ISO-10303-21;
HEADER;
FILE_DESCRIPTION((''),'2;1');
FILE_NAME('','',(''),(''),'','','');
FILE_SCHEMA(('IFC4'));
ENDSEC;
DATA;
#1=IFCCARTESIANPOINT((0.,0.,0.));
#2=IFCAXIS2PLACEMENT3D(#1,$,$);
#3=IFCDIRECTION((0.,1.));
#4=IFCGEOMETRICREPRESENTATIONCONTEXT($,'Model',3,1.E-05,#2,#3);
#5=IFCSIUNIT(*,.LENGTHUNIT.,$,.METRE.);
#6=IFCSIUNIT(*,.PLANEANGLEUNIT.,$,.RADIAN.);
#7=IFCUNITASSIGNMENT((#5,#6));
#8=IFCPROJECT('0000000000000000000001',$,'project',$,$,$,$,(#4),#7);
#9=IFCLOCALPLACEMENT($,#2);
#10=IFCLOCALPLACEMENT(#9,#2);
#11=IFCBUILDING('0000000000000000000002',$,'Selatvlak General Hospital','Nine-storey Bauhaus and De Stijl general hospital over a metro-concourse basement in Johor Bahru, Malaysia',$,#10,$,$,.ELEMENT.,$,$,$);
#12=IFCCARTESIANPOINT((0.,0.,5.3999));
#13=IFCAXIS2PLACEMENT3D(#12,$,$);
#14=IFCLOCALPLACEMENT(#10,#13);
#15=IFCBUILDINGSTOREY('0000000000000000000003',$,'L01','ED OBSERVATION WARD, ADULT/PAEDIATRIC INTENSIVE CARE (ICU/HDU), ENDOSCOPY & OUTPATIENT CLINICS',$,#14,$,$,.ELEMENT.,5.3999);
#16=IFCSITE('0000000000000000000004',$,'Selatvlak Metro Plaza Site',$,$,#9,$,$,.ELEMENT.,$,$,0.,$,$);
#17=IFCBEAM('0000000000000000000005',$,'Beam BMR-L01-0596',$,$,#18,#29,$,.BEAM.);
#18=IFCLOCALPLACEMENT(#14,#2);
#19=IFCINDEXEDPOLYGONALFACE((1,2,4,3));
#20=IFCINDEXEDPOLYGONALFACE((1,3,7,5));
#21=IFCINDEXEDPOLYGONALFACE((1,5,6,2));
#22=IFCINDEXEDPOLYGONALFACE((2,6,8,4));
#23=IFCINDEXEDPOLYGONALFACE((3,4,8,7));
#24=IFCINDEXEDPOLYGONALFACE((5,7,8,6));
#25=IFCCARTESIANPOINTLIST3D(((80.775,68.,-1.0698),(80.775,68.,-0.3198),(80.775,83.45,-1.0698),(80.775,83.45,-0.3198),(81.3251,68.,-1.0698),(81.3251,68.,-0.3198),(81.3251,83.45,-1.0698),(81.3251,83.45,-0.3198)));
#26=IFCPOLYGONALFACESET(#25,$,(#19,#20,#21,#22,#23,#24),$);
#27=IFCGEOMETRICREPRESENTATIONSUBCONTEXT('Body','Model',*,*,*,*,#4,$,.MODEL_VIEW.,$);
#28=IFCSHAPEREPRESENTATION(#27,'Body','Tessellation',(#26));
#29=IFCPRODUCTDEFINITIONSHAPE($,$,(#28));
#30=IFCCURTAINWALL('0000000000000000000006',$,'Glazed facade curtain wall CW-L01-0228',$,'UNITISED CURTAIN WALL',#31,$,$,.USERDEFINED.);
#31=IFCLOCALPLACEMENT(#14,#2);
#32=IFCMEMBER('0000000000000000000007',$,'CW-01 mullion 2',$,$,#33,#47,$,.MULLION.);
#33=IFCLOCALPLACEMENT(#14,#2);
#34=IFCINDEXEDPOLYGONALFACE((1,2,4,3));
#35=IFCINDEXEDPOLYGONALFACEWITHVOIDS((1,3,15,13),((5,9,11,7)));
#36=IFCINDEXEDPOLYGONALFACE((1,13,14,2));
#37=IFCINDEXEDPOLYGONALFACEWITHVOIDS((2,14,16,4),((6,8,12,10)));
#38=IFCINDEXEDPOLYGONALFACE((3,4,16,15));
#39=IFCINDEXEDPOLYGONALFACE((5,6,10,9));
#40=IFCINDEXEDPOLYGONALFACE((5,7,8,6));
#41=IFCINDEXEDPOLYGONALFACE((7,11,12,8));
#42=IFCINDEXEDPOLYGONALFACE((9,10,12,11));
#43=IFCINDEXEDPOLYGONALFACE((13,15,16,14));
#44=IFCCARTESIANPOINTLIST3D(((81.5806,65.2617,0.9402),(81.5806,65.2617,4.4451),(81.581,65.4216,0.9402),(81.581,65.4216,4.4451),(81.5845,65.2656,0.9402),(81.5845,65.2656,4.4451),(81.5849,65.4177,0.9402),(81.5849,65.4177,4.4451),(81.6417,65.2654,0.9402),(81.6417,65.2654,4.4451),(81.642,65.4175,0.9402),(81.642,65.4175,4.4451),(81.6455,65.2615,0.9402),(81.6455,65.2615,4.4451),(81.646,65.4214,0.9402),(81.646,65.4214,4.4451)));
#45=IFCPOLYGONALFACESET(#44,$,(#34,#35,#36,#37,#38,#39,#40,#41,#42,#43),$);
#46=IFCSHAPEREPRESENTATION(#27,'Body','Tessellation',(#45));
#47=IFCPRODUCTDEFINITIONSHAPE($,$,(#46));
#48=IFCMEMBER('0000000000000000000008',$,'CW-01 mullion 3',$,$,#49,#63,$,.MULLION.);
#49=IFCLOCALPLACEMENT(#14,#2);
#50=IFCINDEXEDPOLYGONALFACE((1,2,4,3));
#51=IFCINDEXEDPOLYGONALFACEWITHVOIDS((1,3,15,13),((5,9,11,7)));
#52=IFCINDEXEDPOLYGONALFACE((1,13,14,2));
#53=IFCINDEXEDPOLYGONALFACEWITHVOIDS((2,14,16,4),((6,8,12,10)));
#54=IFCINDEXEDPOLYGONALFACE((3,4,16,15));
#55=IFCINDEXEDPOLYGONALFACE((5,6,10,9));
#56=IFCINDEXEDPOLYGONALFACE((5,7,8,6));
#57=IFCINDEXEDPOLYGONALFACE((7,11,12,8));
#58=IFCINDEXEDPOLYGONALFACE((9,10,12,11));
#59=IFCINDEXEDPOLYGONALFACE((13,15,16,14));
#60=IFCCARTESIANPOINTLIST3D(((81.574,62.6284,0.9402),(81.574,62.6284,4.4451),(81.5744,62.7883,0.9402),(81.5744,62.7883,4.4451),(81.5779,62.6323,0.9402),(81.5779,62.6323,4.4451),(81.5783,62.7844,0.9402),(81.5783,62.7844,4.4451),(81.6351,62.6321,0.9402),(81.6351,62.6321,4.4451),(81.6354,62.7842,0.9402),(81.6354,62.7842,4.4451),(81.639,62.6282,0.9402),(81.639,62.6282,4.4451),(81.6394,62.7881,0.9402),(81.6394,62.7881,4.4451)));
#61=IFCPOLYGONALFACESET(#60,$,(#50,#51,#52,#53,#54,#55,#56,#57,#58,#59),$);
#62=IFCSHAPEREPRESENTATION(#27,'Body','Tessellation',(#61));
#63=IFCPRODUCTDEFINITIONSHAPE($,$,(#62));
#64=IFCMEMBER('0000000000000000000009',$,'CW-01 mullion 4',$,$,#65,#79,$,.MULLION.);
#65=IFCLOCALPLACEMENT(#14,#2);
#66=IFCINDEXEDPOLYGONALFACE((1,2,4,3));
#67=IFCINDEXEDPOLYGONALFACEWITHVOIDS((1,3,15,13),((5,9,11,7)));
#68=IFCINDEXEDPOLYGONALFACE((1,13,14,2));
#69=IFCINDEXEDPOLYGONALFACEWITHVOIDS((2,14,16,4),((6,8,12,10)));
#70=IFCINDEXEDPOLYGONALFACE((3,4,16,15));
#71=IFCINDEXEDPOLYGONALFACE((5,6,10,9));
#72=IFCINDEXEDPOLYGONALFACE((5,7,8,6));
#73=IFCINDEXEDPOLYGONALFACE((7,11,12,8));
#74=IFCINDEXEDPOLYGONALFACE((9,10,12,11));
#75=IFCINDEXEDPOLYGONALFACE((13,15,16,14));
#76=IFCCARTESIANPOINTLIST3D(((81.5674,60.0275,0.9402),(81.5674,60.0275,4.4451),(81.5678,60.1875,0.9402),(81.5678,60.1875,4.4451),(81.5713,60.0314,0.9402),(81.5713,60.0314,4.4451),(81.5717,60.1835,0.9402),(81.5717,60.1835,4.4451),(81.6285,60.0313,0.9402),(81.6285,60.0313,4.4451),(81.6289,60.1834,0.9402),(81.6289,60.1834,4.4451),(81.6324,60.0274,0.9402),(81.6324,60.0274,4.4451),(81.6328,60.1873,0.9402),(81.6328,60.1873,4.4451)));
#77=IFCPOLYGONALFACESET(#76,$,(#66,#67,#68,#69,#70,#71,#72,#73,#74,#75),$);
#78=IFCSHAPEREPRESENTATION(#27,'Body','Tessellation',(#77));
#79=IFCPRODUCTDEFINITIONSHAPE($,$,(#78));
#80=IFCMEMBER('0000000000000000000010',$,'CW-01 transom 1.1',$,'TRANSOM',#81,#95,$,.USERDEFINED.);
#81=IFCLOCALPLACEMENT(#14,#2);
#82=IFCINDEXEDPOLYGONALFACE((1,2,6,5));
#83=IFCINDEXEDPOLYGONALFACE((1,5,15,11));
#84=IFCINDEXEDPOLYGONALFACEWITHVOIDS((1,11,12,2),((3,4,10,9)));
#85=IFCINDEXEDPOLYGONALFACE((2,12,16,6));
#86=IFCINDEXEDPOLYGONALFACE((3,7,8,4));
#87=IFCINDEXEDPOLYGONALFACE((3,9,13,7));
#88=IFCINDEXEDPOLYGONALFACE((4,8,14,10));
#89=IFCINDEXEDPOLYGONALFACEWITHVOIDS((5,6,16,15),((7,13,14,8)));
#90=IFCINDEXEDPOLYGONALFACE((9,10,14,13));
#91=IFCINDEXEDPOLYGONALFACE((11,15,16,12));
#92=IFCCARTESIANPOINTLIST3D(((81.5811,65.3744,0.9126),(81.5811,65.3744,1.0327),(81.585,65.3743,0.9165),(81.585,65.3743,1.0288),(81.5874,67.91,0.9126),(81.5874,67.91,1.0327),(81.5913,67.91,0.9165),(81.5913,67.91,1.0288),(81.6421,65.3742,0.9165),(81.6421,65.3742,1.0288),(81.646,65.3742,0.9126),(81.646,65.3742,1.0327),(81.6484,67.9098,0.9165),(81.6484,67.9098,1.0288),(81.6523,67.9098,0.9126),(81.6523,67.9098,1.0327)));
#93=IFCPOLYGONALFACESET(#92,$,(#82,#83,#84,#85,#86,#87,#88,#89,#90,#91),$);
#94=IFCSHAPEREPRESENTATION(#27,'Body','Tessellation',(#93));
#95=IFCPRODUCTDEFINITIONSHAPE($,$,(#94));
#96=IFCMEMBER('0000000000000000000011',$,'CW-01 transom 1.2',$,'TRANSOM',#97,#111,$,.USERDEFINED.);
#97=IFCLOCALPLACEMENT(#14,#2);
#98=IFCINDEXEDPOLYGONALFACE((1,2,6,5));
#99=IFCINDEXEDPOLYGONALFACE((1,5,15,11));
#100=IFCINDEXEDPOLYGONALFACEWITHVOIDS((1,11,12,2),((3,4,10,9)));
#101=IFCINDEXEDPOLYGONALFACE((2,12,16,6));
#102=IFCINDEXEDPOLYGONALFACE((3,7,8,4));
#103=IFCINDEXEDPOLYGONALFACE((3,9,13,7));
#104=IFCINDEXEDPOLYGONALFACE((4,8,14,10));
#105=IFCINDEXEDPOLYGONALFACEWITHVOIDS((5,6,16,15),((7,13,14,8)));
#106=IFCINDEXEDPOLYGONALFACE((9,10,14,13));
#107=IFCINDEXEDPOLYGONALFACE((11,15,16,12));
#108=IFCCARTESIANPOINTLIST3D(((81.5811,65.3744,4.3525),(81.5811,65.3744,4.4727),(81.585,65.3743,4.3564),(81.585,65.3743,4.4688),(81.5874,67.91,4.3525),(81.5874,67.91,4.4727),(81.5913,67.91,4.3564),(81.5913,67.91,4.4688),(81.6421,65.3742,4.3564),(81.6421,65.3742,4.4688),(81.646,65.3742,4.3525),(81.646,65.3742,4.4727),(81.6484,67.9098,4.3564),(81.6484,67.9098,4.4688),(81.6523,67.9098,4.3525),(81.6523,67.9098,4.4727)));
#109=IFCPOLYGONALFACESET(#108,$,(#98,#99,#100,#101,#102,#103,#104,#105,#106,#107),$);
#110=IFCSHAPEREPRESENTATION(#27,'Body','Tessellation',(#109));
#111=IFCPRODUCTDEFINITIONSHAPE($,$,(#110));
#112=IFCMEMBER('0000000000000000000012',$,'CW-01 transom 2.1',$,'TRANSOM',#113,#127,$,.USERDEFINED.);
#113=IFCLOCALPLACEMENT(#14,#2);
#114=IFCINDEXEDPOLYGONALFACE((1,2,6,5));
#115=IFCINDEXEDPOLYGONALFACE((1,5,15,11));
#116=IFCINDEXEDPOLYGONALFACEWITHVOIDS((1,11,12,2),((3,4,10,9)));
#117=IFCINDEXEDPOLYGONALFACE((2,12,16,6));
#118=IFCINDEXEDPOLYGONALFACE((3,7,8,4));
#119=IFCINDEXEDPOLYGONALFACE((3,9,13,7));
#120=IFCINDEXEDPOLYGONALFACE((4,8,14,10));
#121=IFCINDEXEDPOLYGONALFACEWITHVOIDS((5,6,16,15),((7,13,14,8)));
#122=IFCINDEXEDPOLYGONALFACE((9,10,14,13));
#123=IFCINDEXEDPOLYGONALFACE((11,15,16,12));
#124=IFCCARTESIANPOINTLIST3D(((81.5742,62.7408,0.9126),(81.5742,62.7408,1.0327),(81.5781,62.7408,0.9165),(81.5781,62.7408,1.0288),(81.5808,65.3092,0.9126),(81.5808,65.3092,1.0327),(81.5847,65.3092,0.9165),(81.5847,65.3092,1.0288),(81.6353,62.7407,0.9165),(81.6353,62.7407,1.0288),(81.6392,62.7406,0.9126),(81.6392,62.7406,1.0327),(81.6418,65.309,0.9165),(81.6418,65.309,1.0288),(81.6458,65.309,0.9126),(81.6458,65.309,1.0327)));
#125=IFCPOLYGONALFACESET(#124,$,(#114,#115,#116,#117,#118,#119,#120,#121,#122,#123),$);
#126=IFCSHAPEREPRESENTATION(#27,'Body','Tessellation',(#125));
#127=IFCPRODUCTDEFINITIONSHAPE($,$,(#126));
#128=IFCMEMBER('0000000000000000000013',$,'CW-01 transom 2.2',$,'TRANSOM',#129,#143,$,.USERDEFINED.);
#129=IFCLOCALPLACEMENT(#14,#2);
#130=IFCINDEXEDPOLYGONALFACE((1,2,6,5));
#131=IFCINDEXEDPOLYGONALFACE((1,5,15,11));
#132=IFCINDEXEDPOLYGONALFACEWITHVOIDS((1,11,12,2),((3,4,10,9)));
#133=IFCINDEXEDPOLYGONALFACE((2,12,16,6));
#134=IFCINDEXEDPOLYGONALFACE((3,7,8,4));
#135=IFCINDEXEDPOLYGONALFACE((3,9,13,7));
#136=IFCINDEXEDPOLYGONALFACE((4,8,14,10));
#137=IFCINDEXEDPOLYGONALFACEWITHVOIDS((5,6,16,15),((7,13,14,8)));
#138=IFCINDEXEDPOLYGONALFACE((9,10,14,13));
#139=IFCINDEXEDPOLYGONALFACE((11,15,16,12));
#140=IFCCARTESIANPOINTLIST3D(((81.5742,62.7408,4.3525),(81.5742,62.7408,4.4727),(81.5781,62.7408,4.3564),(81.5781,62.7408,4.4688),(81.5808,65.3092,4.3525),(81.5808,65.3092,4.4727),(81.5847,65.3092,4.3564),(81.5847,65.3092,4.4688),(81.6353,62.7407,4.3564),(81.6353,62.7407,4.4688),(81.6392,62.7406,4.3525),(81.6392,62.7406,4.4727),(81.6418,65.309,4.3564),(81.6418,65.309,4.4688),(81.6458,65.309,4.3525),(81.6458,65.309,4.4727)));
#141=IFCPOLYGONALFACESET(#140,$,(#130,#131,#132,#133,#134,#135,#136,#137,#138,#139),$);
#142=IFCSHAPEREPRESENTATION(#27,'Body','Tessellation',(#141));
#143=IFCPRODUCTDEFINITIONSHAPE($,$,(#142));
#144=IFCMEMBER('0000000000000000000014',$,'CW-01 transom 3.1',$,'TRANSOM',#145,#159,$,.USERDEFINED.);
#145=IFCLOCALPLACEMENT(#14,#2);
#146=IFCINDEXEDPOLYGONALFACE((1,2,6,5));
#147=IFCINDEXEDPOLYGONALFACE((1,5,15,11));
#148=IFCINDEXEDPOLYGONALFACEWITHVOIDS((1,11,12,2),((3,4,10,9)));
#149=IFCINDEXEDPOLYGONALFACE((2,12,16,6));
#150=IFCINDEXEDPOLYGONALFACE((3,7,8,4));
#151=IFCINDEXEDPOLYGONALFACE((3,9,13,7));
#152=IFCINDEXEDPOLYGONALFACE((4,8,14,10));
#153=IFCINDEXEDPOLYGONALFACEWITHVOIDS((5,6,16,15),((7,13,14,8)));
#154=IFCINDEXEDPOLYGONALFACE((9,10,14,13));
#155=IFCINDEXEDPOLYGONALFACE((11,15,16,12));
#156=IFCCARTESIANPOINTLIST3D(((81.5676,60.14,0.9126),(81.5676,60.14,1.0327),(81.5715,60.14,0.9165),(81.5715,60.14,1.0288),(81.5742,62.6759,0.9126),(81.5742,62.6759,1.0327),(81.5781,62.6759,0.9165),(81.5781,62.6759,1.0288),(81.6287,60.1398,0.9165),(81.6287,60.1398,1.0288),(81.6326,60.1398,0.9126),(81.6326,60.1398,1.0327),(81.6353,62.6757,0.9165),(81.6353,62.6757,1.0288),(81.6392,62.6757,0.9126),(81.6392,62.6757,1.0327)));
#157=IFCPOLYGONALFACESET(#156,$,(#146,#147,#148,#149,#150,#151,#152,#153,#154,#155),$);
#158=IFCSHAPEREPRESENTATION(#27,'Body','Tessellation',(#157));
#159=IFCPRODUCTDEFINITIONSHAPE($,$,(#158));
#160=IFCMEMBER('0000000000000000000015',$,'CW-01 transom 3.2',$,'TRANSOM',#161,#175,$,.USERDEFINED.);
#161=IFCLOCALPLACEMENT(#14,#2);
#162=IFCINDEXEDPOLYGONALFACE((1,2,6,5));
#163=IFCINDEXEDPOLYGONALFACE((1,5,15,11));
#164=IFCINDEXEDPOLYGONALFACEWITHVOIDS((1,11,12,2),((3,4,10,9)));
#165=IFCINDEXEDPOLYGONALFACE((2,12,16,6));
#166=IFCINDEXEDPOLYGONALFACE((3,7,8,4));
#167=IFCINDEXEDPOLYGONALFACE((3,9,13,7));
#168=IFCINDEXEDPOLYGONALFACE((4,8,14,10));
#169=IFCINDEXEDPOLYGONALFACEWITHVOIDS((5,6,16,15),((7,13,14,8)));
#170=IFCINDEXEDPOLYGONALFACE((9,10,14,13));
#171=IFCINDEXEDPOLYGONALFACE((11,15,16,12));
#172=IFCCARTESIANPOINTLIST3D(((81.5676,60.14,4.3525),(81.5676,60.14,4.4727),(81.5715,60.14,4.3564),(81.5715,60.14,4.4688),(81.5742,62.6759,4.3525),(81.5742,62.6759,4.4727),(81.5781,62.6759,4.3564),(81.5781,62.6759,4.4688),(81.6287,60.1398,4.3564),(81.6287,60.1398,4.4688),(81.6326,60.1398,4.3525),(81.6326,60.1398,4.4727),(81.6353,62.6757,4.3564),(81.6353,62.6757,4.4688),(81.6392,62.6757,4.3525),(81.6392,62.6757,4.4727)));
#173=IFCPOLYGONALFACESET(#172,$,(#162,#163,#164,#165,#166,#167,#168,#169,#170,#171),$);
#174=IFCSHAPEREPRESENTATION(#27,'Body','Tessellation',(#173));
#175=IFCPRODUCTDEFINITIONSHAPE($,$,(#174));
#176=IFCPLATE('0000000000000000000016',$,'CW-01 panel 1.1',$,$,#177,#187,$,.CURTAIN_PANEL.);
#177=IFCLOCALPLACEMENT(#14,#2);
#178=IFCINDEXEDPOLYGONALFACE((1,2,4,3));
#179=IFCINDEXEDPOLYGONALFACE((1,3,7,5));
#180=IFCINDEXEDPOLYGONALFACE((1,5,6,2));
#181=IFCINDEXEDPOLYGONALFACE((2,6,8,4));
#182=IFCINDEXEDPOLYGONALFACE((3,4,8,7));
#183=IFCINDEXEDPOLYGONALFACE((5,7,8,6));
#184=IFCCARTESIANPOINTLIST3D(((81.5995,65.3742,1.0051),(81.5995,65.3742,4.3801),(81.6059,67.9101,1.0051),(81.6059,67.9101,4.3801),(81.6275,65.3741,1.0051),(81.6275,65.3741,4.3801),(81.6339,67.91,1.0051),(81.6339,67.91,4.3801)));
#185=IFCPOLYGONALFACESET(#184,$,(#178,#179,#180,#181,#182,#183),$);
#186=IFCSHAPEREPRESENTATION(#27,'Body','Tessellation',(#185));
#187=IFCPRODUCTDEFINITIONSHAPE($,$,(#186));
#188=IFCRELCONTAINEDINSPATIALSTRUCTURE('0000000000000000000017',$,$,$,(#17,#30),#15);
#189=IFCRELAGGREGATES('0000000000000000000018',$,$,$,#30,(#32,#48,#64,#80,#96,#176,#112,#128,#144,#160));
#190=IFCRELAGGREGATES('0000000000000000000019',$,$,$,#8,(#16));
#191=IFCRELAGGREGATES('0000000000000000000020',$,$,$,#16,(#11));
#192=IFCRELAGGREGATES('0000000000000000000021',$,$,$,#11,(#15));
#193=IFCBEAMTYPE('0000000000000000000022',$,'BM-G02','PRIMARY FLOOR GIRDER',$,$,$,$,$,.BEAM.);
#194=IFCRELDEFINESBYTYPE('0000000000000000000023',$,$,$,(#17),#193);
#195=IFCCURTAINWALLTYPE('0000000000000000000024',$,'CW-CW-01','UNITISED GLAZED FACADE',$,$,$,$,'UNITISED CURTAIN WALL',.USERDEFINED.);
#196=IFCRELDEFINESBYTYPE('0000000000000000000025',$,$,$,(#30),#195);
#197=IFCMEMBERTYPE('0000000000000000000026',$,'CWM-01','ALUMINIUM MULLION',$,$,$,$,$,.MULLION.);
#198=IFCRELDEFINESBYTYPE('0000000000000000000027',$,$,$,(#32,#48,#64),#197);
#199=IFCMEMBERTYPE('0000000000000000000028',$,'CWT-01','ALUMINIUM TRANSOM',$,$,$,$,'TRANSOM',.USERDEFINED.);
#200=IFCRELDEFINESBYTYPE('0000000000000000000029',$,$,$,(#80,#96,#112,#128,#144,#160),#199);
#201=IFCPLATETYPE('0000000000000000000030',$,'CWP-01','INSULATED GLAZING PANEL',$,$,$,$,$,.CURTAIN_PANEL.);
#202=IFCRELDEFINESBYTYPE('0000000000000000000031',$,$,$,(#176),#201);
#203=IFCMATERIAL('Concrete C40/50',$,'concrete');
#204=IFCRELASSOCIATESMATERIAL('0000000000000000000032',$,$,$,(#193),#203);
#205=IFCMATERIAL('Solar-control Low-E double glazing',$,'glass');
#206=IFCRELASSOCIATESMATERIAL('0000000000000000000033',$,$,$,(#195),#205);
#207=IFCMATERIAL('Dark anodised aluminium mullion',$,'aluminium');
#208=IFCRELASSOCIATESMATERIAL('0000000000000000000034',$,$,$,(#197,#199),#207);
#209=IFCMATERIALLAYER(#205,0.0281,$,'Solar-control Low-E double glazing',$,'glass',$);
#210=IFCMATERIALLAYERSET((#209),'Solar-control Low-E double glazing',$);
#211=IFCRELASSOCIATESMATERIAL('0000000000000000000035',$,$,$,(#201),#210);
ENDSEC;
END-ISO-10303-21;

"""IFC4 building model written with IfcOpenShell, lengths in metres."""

from ifc_helpers import new_model, si_unit, direction, frame, origin, origin_2d, place, context, subcontext, project, spatial, rectangle, hollow_rectangle, extrude, material, layer, layer_set, material_profile, profile_set, type_object, element, aggregate, save


model = new_model("IFC4")

# Units and contexts
model_context = context("Model", 3, precision=1e-05, world=origin(), true_north=direction((0.0, 1.0)))
body_context = subcontext(model_context, "Body", "Model", "MODEL_VIEW")
ifc_project = project(units=[si_unit("LENGTHUNIT", "METRE"), si_unit("PLANEANGLEUNIT", "RADIAN")], contexts=[model_context])

# Site, building, storey
site_placement = place(None, origin())
site = spatial("IfcSite", under=ifc_project, at=site_placement, Name="Selatvlak Metro Plaza Site", CompositionType="ELEMENT", RefElevation=0.0)
building_placement = place(site_placement, origin())
building = spatial("IfcBuilding", under=site, at=building_placement, Name="Selatvlak General Hospital", Description="Nine-storey Bauhaus and De Stijl general hospital over a metro-concourse basement in Johor Bahru, Malaysia", CompositionType="ELEMENT")
storey_placement = place(building_placement, frame((0.0, 0.0, 5.3999)))
storey = spatial("IfcBuildingStorey", under=building, at=storey_placement, Name="L01", Description="ED OBSERVATION WARD, ADULT/PAEDIATRIC INTENSIVE CARE (ICU/HDU), ENDOSCOPY & OUTPATIENT CLINICS", CompositionType="ELEMENT", Elevation=5.3999)

# Beam
ifc_material_1 = material(Name="Concrete C40/50", Category="concrete")
ifc_material_profile_1 = material_profile(ifc_material_1, rectangle(XDim=0.55, YDim=0.75, at=origin_2d()), Name="RC-BM 550x750")
ifc_profile_set_1 = profile_set([ifc_material_profile_1], Name="Concrete C40/50")
beam_type_1 = type_object("IfcBeamType", Name="BM-G02", Description="PRIMARY FLOOR GIRDER", PredefinedType="BEAM", material=ifc_profile_set_1)
beam_1_placement = place(storey_placement, frame((81.05, 68.0, -0.6948), z_axis=(0.0, 1.0, 0.0), x_axis=(-1.0, 0.0, 0.0)))
element("IfcBeam", 1, at=beam_1_placement, inside=storey, type_object=beam_type_1, Name="Beam BMR-L01-0596", PredefinedType="BEAM", context=body_context, shape_type="SweptSolid", body=[
    extrude(rectangle(XDim=0.55, YDim=0.75, at=origin_2d()), origin(), (0.0, 0.0, 1.0), 15.45),
])

# Curtain wall, members, plate
ifc_material_2 = material(Name="Solar-control Low-E double glazing", Category="glass")
curtain_wall_type = type_object("IfcCurtainWallType", Name="CW-CW-01", Description="UNITISED GLAZED FACADE", ElementType="UNITISED CURTAIN WALL", PredefinedType="USERDEFINED", material=ifc_material_2)
curtain_wall_placement = place(storey_placement, origin())
curtain_wall = element("IfcCurtainWall", 2, at=curtain_wall_placement, inside=storey, type_object=curtain_wall_type, Name="Glazed facade curtain wall CW-L01-0228", ObjectType="UNITISED CURTAIN WALL", PredefinedType="USERDEFINED")
ifc_material_3 = material(Name="Dark anodised aluminium mullion", Category="aluminium")
ifc_material_profile_2 = material_profile(ifc_material_3, hollow_rectangle(XDim=0.0649, YDim=0.1599, WallThickness=0.0039, at=origin_2d()), Name="AL-MUL 65x160x4")
ifc_profile_set_2 = profile_set([ifc_material_profile_2], Name="Dark anodised aluminium mullion")
member_type_1 = type_object("IfcMemberType", Name="CWM-01", Description="ALUMINIUM MULLION", PredefinedType="MULLION", material=ifc_profile_set_2)
member_1_placement = place(storey_placement, frame((81.6133, 65.3416, 0.9402), z_axis=(0.0, 0.0, 1.0), x_axis=(0.999997, -0.002532, 0.0)))
member_1 = element("IfcMember", 3, at=member_1_placement, type_object=member_type_1, Name="CW-01 mullion 2", PredefinedType="MULLION", context=body_context, shape_type="SweptSolid", body=[
    extrude(hollow_rectangle(XDim=0.0649, YDim=0.1599, WallThickness=0.0039, at=origin_2d()), origin(), (0.0, 0.0, 1.0), 3.5049),
])
member_2_placement = place(storey_placement, frame((81.6067, 62.7083, 0.9402), z_axis=(0.0, 0.0, 1.0), x_axis=(0.999997, -0.002532, 0.0)))
member_2 = element("IfcMember", 4, at=member_2_placement, type_object=member_type_1, Name="CW-01 mullion 3", PredefinedType="MULLION", context=body_context, shape_type="SweptSolid", body=[
    extrude(hollow_rectangle(XDim=0.0649, YDim=0.1599, WallThickness=0.0039, at=origin_2d()), origin(), (0.0, 0.0, 1.0), 3.5049),
])
member_3_placement = place(storey_placement, frame((81.6001, 60.1074, 0.9402), z_axis=(0.0, 0.0, 1.0), x_axis=(0.999997, -0.002532, 0.0)))
member_3 = element("IfcMember", 5, at=member_3_placement, type_object=member_type_1, Name="CW-01 mullion 4", PredefinedType="MULLION", context=body_context, shape_type="SweptSolid", body=[
    extrude(hollow_rectangle(XDim=0.0649, YDim=0.1599, WallThickness=0.0039, at=origin_2d()), origin(), (0.0, 0.0, 1.0), 3.5049),
])
ifc_material_profile_3 = material_profile(ifc_material_3, hollow_rectangle(XDim=0.0649, YDim=0.1201, WallThickness=0.0039, at=origin_2d()), Name="AL-TRN 65x120x4")
ifc_profile_set_3 = profile_set([ifc_material_profile_3], Name="Dark anodised aluminium mullion")
member_type_2 = type_object("IfcMemberType", Name="CWT-01", Description="ALUMINIUM TRANSOM", ElementType="TRANSOM", PredefinedType="USERDEFINED", material=ifc_profile_set_3)
member_4_placement = place(storey_placement, frame((81.6199, 67.9099, 0.9727), z_axis=(-0.002503, -0.999997, 0.0), x_axis=(0.999997, -0.002503, 0.0)))
member_4 = element("IfcMember", 6, at=member_4_placement, type_object=member_type_2, Name="CW-01 transom 1.1", ObjectType="TRANSOM", PredefinedType="USERDEFINED", context=body_context, shape_type="SweptSolid", body=[
    extrude(hollow_rectangle(XDim=0.0649, YDim=0.1201, WallThickness=0.0039, at=origin_2d()), origin(), (0.0, 0.0, 1.0), 2.5356),
])
member_5_placement = place(storey_placement, frame((81.6199, 67.9099, 4.4126), z_axis=(-0.002503, -0.999997, 0.0), x_axis=(0.999997, -0.002503, 0.0)))
member_5 = element("IfcMember", 7, at=member_5_placement, type_object=member_type_2, Name="CW-01 transom 1.2", ObjectType="TRANSOM", PredefinedType="USERDEFINED", context=body_context, shape_type="SweptSolid", body=[
    extrude(hollow_rectangle(XDim=0.0649, YDim=0.1201, WallThickness=0.0039, at=origin_2d()), origin(), (0.0, 0.0, 1.0), 2.5356),
])
member_6_placement = place(storey_placement, frame((81.6133, 65.3091, 0.9727), z_axis=(-0.002567, -0.999997, 0.0), x_axis=(0.999997, -0.002567, 0.0)))
member_6 = element("IfcMember", 8, at=member_6_placement, type_object=member_type_2, Name="CW-01 transom 2.1", ObjectType="TRANSOM", PredefinedType="USERDEFINED", context=body_context, shape_type="SweptSolid", body=[
    extrude(hollow_rectangle(XDim=0.0649, YDim=0.1201, WallThickness=0.0039, at=origin_2d()), origin(), (0.0, 0.0, 1.0), 2.5684),
])
member_7_placement = place(storey_placement, frame((81.6133, 65.3091, 4.4126), z_axis=(-0.002567, -0.999997, 0.0), x_axis=(0.999997, -0.002567, 0.0)))
member_7 = element("IfcMember", 9, at=member_7_placement, type_object=member_type_2, Name="CW-01 transom 2.2", ObjectType="TRANSOM", PredefinedType="USERDEFINED", context=body_context, shape_type="SweptSolid", body=[
    extrude(hollow_rectangle(XDim=0.0649, YDim=0.1201, WallThickness=0.0039, at=origin_2d()), origin(), (0.0, 0.0, 1.0), 2.5684),
])
member_8_placement = place(storey_placement, frame((81.6067, 62.6758, 0.9727), z_axis=(-0.002599, -0.999997, 0.0), x_axis=(0.999997, -0.002599, 0.0)))
member_8 = element("IfcMember", 10, at=member_8_placement, type_object=member_type_2, Name="CW-01 transom 3.1", ObjectType="TRANSOM", PredefinedType="USERDEFINED", context=body_context, shape_type="SweptSolid", body=[
    extrude(hollow_rectangle(XDim=0.0649, YDim=0.1201, WallThickness=0.0039, at=origin_2d()), origin(), (0.0, 0.0, 1.0), 2.5359),
])
member_9_placement = place(storey_placement, frame((81.6067, 62.6758, 4.4126), z_axis=(-0.002599, -0.999997, 0.0), x_axis=(0.999997, -0.002599, 0.0)))
member_9 = element("IfcMember", 11, at=member_9_placement, type_object=member_type_2, Name="CW-01 transom 3.2", ObjectType="TRANSOM", PredefinedType="USERDEFINED", context=body_context, shape_type="SweptSolid", body=[
    extrude(hollow_rectangle(XDim=0.0649, YDim=0.1201, WallThickness=0.0039, at=origin_2d()), origin(), (0.0, 0.0, 1.0), 2.5359),
])
ifc_layer_1 = layer(ifc_material_2, 0.0281, Name="Solar-control Low-E double glazing", Category="glass")
ifc_layer_set_1 = layer_set([ifc_layer_1], Name="Solar-control Low-E double glazing")
plate_type = type_object("IfcPlateType", Name="CWP-01", Description="INSULATED GLAZING PANEL", PredefinedType="CURTAIN_PANEL", material=ifc_layer_set_1)
plate_1_placement = place(storey_placement, frame((81.6167, 66.6421, 1.0051), z_axis=(0.0, 0.0, 1.0), x_axis=(-0.002532, -0.999997, 0.0)))
plate_1 = element("IfcPlate", 12, at=plate_1_placement, type_object=plate_type, Name="CW-01 panel 1.1", PredefinedType="CURTAIN_PANEL", context=body_context, shape_type="SweptSolid", body=[
    extrude(rectangle(XDim=2.5359, YDim=0.0281, at=origin_2d()), origin(), (0.0, 0.0, 1.0), 3.375),
])
aggregate(curtain_wall, [member_1, member_2, member_3, member_4, member_5, plate_1, member_6, member_7, member_8, member_9])

save(model, "model.ifc")
